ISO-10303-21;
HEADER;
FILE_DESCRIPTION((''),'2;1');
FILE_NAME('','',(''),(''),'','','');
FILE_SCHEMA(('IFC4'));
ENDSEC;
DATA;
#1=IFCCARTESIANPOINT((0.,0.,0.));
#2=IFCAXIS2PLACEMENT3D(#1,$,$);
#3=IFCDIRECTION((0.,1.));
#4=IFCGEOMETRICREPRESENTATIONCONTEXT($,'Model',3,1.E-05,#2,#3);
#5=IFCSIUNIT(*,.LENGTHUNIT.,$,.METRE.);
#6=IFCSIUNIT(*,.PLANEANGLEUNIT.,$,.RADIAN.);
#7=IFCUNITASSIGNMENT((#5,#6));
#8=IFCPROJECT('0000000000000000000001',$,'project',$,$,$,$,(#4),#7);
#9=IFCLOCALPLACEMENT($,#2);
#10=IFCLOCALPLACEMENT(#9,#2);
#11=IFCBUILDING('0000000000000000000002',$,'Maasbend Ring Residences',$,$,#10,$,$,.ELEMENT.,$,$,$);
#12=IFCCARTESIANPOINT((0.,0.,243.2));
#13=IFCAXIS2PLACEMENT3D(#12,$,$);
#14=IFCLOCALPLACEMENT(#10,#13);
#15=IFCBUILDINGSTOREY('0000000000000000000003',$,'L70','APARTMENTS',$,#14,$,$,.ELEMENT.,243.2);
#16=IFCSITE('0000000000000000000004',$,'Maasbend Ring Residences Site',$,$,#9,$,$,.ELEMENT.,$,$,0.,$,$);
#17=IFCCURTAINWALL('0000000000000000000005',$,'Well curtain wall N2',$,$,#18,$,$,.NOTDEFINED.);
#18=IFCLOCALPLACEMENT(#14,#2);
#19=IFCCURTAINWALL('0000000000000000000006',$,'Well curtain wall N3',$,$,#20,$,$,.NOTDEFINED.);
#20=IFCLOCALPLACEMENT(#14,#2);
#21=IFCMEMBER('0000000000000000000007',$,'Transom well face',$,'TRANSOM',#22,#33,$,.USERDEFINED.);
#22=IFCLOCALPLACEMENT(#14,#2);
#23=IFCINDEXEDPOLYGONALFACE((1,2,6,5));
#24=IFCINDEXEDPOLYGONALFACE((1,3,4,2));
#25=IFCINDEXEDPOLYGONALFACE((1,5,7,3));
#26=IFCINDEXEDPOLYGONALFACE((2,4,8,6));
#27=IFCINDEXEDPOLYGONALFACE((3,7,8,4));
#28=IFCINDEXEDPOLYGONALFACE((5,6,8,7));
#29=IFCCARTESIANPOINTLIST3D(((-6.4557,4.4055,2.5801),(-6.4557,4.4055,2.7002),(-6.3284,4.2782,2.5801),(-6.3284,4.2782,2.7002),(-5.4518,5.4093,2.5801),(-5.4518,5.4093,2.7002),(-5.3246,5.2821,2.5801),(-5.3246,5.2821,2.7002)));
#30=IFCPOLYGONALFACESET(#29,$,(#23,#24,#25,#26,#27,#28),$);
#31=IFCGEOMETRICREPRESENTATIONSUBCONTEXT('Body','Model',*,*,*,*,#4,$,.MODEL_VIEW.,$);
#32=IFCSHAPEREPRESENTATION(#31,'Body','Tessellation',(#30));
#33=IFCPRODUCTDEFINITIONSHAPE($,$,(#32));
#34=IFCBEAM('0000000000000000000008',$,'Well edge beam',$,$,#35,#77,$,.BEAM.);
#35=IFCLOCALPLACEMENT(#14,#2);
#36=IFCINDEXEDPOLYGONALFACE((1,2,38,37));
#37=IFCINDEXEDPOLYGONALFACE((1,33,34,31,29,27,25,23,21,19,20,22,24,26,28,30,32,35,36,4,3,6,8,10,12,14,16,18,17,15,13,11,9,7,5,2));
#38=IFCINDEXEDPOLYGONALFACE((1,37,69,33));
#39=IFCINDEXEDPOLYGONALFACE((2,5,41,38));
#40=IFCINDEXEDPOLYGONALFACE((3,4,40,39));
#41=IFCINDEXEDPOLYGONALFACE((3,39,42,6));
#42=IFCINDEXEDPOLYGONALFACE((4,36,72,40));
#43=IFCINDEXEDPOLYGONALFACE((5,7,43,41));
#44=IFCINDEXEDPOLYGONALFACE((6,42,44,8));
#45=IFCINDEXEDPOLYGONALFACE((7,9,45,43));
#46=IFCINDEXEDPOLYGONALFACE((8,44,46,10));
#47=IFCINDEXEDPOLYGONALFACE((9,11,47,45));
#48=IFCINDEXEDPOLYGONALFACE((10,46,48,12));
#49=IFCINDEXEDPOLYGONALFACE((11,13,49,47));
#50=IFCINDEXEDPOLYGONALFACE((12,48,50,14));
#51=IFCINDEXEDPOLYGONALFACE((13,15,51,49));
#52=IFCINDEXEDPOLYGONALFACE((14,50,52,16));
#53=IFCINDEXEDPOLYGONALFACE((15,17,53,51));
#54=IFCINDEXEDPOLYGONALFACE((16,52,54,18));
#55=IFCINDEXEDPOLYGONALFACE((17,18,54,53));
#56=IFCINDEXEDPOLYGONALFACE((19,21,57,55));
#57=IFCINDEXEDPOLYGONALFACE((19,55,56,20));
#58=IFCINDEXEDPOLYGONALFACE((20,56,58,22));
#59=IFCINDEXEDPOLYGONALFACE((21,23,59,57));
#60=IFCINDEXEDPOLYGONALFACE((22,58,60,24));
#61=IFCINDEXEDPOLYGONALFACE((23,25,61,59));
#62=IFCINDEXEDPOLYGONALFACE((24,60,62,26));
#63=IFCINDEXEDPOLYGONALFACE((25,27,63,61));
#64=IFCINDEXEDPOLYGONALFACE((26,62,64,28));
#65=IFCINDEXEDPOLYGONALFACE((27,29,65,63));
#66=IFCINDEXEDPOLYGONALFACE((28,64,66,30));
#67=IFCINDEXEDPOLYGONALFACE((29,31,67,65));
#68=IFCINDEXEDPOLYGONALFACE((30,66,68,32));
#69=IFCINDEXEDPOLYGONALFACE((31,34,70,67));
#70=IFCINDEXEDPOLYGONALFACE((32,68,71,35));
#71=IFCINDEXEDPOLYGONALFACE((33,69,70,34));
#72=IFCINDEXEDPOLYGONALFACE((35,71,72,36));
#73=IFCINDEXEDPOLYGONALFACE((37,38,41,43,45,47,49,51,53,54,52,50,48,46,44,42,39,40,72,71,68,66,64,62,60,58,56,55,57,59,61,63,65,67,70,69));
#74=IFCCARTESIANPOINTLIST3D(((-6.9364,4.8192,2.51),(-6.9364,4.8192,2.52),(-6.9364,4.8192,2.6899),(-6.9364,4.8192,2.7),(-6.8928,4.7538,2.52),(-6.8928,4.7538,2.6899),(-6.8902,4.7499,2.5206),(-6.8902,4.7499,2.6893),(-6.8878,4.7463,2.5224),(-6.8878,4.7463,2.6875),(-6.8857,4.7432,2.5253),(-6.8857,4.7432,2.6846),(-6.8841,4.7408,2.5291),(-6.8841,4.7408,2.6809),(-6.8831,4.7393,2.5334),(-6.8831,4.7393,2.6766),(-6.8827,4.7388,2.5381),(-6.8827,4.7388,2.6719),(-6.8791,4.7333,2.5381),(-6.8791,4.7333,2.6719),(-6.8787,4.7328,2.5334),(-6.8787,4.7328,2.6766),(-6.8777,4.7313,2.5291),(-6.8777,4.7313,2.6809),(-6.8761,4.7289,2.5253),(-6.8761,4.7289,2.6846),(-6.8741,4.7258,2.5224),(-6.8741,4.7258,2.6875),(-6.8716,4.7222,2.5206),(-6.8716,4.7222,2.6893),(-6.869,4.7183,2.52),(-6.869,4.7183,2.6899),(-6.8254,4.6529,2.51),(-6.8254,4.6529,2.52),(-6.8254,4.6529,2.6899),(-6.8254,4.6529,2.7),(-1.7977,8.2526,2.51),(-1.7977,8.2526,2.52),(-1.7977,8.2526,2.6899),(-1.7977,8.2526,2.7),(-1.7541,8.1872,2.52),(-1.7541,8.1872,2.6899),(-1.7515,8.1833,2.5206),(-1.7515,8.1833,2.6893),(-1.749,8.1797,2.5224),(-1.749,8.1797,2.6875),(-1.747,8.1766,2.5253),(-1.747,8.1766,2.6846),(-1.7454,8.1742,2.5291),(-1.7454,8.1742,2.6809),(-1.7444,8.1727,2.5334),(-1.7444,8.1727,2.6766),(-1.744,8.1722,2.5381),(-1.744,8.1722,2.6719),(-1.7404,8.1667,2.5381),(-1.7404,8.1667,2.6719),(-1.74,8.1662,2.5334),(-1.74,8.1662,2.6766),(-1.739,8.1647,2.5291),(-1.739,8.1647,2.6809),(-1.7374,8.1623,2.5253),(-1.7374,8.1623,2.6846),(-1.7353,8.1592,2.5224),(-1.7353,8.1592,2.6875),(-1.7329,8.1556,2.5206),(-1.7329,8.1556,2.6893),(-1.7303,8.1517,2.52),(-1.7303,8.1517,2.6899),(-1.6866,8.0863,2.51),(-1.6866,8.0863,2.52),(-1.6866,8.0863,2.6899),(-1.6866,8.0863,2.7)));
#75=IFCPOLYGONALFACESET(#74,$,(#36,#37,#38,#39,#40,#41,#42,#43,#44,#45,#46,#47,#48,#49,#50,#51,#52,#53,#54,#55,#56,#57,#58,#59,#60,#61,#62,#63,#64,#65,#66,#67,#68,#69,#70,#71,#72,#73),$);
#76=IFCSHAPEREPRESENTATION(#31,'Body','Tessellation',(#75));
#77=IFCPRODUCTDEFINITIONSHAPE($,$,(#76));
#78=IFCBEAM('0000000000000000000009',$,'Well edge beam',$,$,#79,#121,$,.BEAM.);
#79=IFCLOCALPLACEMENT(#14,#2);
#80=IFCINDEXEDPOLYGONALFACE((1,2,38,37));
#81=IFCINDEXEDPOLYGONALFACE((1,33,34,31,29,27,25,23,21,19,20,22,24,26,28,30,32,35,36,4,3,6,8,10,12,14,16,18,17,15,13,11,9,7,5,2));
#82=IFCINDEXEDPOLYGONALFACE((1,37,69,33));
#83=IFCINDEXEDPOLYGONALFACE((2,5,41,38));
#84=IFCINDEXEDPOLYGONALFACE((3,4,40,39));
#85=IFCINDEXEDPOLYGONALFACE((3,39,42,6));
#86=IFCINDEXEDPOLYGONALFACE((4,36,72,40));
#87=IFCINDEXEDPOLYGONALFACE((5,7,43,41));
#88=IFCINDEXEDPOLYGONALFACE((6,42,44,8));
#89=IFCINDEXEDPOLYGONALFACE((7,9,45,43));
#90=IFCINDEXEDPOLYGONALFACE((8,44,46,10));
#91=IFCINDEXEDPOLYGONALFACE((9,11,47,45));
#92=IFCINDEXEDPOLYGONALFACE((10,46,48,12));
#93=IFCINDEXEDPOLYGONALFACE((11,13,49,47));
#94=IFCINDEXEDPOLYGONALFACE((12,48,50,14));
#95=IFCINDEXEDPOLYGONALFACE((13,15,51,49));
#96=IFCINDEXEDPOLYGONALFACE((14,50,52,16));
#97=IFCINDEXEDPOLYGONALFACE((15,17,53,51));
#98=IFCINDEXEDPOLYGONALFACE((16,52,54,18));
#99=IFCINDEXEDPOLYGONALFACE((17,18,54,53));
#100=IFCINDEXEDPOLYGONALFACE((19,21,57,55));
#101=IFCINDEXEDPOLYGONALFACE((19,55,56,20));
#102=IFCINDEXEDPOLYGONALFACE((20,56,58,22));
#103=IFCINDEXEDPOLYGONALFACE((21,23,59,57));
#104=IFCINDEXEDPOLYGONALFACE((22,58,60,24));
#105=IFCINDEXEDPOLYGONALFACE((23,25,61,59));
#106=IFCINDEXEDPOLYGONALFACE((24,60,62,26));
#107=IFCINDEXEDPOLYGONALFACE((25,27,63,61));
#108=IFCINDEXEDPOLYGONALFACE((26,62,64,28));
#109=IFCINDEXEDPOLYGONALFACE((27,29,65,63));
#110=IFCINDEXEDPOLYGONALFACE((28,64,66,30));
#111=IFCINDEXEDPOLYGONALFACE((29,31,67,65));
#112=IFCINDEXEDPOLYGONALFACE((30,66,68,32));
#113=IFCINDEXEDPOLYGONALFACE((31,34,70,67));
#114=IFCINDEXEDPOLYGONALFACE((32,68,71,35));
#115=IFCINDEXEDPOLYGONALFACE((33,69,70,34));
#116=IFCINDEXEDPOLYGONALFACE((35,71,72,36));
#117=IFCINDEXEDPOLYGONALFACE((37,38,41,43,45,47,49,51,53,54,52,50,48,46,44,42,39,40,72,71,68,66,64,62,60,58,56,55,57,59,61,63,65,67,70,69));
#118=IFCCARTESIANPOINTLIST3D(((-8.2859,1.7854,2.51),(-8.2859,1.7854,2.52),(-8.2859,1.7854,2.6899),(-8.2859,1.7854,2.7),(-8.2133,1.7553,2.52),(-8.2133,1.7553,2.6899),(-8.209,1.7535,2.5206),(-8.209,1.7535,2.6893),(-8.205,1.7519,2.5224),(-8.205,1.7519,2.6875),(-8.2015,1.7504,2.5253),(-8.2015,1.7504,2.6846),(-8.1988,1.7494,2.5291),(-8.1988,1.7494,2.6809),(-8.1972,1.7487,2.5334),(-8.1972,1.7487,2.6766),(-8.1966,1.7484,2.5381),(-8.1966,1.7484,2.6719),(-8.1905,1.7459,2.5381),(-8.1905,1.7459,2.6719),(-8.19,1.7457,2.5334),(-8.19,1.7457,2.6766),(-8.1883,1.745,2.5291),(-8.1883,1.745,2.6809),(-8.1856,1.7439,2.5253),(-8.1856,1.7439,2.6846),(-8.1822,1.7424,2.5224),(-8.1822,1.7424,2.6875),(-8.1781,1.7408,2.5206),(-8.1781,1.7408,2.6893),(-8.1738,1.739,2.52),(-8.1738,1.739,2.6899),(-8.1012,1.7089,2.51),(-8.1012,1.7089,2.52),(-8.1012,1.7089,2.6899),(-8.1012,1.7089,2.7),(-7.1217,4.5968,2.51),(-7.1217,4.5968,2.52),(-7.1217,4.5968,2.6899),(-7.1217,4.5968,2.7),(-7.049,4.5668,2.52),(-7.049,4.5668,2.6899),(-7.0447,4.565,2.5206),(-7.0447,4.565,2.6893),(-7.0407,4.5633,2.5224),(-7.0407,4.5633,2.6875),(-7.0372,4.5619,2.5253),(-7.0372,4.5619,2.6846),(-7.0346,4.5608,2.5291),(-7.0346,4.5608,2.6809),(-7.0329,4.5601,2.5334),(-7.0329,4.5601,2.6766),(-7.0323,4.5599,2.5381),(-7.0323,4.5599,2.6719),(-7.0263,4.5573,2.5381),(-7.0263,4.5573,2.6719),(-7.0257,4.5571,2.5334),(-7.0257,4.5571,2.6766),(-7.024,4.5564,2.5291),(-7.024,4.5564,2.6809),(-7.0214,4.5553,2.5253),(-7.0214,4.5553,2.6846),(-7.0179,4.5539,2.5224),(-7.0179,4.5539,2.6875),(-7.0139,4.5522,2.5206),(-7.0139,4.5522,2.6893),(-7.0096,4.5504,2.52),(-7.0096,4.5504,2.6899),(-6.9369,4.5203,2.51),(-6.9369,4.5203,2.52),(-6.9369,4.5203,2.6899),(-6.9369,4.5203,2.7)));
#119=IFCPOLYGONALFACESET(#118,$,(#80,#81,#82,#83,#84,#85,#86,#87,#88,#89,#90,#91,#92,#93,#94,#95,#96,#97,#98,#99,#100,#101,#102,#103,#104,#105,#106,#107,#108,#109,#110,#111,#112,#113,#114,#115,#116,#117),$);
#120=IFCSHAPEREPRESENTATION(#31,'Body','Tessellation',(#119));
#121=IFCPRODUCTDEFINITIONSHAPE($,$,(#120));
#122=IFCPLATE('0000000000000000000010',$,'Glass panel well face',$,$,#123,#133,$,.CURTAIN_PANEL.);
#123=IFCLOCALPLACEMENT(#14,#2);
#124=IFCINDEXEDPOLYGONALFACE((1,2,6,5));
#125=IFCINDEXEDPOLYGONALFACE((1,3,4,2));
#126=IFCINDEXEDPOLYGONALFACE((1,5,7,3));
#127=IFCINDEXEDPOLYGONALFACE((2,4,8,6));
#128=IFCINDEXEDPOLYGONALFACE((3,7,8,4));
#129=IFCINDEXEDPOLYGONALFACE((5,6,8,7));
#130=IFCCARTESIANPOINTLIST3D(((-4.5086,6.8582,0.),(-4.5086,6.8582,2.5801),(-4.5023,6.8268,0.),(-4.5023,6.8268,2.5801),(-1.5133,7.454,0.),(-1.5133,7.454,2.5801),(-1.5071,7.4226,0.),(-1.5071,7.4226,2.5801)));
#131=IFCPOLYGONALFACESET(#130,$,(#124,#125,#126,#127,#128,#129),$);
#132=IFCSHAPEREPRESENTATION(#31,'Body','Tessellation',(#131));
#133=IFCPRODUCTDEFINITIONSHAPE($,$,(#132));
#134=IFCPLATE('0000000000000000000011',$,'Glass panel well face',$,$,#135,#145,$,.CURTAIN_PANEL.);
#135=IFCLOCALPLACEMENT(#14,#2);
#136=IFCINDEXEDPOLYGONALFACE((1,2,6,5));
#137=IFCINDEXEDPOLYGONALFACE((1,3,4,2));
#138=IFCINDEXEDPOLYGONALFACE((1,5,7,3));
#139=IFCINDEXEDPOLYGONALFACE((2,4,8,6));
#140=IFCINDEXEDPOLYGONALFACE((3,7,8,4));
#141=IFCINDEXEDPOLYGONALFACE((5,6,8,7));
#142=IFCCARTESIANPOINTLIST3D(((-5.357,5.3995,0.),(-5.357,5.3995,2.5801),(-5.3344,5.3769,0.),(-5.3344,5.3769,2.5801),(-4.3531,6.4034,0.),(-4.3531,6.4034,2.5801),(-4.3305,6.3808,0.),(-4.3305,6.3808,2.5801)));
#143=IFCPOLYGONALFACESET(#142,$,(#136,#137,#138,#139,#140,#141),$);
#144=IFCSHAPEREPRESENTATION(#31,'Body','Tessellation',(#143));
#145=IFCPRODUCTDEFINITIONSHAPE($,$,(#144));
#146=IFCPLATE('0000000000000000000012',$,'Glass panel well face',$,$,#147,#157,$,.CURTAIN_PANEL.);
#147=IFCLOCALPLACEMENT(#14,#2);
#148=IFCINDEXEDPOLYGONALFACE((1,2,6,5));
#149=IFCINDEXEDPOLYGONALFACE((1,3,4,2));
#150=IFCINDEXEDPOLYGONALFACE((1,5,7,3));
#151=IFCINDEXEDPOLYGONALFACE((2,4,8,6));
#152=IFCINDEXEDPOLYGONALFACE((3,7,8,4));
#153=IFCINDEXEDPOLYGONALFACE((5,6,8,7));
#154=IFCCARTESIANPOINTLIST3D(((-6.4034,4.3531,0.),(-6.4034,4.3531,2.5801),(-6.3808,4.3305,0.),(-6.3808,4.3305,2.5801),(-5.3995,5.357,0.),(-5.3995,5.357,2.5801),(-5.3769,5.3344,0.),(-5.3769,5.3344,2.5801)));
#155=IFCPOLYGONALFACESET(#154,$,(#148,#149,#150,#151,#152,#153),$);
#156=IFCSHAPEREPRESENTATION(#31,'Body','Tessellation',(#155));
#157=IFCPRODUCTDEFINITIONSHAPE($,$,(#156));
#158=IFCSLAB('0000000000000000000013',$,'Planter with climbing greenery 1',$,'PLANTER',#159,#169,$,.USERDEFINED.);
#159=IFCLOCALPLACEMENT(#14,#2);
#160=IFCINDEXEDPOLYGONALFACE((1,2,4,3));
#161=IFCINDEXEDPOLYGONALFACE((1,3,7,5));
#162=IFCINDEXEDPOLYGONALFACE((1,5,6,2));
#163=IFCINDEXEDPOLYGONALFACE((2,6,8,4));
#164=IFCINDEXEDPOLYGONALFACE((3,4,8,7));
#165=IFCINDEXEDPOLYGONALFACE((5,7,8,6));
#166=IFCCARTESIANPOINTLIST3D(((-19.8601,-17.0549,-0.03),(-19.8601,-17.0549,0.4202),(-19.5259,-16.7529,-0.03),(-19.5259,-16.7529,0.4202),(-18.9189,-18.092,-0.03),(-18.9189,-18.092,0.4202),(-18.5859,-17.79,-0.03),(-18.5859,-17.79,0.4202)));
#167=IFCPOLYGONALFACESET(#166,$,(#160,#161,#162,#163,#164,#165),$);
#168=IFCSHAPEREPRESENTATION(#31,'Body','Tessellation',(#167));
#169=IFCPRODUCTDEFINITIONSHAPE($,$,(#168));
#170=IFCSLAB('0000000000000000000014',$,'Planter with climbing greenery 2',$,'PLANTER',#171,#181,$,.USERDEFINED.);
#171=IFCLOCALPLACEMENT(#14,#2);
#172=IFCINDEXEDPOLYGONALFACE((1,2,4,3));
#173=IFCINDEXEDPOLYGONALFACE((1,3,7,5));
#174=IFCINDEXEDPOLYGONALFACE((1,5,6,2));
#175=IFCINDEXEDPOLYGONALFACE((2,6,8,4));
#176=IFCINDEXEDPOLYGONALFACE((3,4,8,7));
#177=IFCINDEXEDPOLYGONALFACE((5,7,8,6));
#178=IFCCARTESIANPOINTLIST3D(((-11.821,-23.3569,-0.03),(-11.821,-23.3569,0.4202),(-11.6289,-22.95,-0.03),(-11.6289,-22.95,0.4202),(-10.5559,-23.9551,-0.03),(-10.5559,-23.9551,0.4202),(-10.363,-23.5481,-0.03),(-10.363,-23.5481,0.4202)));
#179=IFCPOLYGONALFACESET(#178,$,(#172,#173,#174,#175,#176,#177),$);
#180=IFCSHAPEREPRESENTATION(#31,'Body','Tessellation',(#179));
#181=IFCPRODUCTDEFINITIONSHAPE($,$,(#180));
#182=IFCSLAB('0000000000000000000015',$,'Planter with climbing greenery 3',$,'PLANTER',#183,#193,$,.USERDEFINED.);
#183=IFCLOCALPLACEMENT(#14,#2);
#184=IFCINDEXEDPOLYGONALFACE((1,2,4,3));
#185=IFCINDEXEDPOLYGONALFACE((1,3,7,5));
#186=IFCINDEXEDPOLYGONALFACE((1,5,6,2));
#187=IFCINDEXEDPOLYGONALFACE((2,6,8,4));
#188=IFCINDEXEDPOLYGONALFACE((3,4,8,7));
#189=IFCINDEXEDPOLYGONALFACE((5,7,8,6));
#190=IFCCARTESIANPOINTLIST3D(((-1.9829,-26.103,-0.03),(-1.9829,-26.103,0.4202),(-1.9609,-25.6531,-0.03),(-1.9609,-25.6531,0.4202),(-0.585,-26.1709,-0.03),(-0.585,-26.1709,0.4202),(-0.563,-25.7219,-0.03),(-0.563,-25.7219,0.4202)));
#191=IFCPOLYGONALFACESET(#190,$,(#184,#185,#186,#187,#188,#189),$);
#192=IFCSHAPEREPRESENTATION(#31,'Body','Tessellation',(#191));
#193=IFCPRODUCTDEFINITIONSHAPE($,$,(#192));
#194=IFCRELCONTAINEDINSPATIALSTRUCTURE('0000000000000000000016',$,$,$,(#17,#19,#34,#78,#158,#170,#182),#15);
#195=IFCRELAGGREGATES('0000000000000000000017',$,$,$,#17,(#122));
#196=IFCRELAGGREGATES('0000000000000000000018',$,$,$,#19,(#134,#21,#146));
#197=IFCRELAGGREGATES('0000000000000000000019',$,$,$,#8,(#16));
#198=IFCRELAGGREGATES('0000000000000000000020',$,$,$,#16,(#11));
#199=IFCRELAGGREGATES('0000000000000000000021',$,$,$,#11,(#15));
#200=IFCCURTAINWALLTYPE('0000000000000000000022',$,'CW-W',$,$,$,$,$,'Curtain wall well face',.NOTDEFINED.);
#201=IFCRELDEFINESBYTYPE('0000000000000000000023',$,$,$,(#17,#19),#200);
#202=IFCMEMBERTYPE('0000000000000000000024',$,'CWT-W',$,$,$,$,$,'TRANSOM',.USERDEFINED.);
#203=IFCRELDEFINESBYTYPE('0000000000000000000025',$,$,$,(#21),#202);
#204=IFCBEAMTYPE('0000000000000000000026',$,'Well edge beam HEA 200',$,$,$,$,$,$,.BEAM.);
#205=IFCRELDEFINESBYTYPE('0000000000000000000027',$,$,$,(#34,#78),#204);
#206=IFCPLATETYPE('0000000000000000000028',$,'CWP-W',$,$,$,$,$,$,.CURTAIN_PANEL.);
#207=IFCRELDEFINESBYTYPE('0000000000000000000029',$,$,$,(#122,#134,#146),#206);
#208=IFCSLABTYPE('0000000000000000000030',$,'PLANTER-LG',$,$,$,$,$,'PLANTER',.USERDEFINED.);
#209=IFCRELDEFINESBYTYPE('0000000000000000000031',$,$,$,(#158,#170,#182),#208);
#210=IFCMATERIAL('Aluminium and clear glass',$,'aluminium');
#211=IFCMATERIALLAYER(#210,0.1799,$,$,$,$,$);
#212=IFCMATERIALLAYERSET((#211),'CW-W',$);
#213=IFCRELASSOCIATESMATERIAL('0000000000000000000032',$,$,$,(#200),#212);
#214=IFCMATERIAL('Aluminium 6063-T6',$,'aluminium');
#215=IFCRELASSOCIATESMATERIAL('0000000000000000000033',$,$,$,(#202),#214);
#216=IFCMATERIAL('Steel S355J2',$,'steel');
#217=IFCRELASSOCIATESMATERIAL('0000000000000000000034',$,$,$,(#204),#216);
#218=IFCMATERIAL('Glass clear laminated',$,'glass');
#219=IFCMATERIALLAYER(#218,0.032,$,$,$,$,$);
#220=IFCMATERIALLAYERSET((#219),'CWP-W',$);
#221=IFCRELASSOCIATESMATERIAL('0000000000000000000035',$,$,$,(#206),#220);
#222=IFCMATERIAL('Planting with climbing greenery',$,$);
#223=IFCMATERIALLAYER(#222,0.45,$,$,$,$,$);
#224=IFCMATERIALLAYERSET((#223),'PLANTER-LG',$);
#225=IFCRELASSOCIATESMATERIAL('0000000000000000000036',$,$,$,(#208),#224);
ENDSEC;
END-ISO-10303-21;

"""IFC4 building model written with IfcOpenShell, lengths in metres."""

from ifc_helpers import new_model, si_unit, direction, frame, origin, origin_2d, place, context, subcontext, project, spatial, polyline, rectangle, i_section, outline, extrude, material, layer, layer_set, material_profile, profile_set, type_object, element, aggregate, save


model = new_model("IFC4")

# Units and contexts
model_context = context("Model", 3, precision=1e-05, world=origin(), true_north=direction((0.0, 1.0)))
body_context = subcontext(model_context, "Body", "Model", "MODEL_VIEW")
ifc_project = project(units=[si_unit("LENGTHUNIT", "METRE"), si_unit("PLANEANGLEUNIT", "RADIAN")], contexts=[model_context])

# Site, building, storey
site_placement = place(None, origin())
site = spatial("IfcSite", under=ifc_project, at=site_placement, Name="Maasbend Ring Residences Site", CompositionType="ELEMENT", RefElevation=0.0)
building_placement = place(site_placement, origin())
building = spatial("IfcBuilding", under=site, at=building_placement, Name="Maasbend Ring Residences", CompositionType="ELEMENT")
storey_placement = place(building_placement, frame((0.0, 0.0, 243.2)))
storey = spatial("IfcBuildingStorey", under=building, at=storey_placement, Name="L70", Description="APARTMENTS", CompositionType="ELEMENT", Elevation=243.2)

# Curtain walls
ifc_material_1 = material(Name="Aluminium and clear glass", Category="aluminium")
ifc_layer_1 = layer(ifc_material_1, 0.1799)
ifc_layer_set_1 = layer_set([ifc_layer_1], Name="CW-W")
curtain_wall_type = type_object("IfcCurtainWallType", Name="CW-W", ElementType="Curtain wall well face", PredefinedType="NOTDEFINED", material=ifc_layer_set_1)
curtain_wall_1_placement = place(storey_placement, origin())
curtain_wall_1 = element("IfcCurtainWall", 1, at=curtain_wall_1_placement, inside=storey, type_object=curtain_wall_type, Name="Well curtain wall N2", PredefinedType="NOTDEFINED")
curtain_wall_2_placement = place(storey_placement, origin())
curtain_wall_2 = element("IfcCurtainWall", 2, at=curtain_wall_2_placement, inside=storey, type_object=curtain_wall_type, Name="Well curtain wall N3", PredefinedType="NOTDEFINED")

# Member
ifc_material_2 = material(Name="Aluminium 6063-T6", Category="aluminium")
ifc_material_profile_1 = material_profile(ifc_material_2, rectangle(XDim=0.1799, YDim=0.1201, at=origin_2d()), Name="AL 180x120")
ifc_profile_set_1 = profile_set([ifc_material_profile_1], Name="Aluminium 6063-T6")
member_type_1 = type_object("IfcMemberType", Name="CWT-W", ElementType="TRANSOM", PredefinedType="USERDEFINED", material=ifc_profile_set_1)
member_1_placement = place(storey_placement, frame((-5.3882, 5.3457, 2.6401), z_axis=(-0.707107, -0.707107, 0.0), x_axis=(0.707107, -0.707107, 0.0)))
member_1 = element("IfcMember", 3, at=member_1_placement, type_object=member_type_1, Name="Transom well face", ObjectType="TRANSOM", PredefinedType="USERDEFINED", context=body_context, shape_type="SweptSolid", body=[
    extrude(rectangle(XDim=0.1799, YDim=0.1201, at=origin_2d()), origin(), (0.0, 0.0, 1.0), 1.4197),
])

# Beams
ifc_material_3 = material(Name="Steel S355J2", Category="steel")
ifc_material_profile_2 = material_profile(ifc_material_3, i_section(OverallWidth=0.2, OverallDepth=0.1899, WebThickness=0.0066, FlangeThickness=0.01, FilletRadius=0.0181, at=origin_2d()), Name="HEA 200")
ifc_profile_set_2 = profile_set([ifc_material_profile_2], Name="Steel S355J2")
beam_type = type_object("IfcBeamType", Name="Well edge beam HEA 200", PredefinedType="BEAM", material=ifc_profile_set_2)
beam_1_placement = place(storey_placement, frame((-1.7422, 8.1694, 2.605), z_axis=(-0.831485, -0.555548, 0.0), x_axis=(0.555548, -0.831485, 0.0)))
element("IfcBeam", 4, at=beam_1_placement, inside=storey, type_object=beam_type, Name="Well edge beam", PredefinedType="BEAM", context=body_context, shape_type="SweptSolid", body=[
    extrude(i_section(OverallWidth=0.2, OverallDepth=0.1899, WebThickness=0.0066, FlangeThickness=0.01, FilletRadius=0.0181, at=origin_2d()), origin(), (0.0, 0.0, 1.0), 6.1802),
])
beam_2_placement = place(storey_placement, frame((-7.0293, 4.5586, 2.605), z_axis=(-0.382609, -0.92391, 0.0), x_axis=(0.92391, -0.382609, 0.0)))
element("IfcBeam", 5, at=beam_2_placement, inside=storey, type_object=beam_type, Name="Well edge beam", PredefinedType="BEAM", context=body_context, shape_type="SweptSolid", body=[
    extrude(i_section(OverallWidth=0.2, OverallDepth=0.1899, WebThickness=0.0066, FlangeThickness=0.01, FilletRadius=0.0181, at=origin_2d()), origin(), (0.0, 0.0, 1.0), 3.043),
])

# Plates
ifc_material_4 = material(Name="Glass clear laminated", Category="glass")
ifc_layer_2 = layer(ifc_material_4, 0.032)
ifc_layer_set_2 = layer_set([ifc_layer_2], Name="CWP-W")
plate_type = type_object("IfcPlateType", Name="CWP-W", PredefinedType="CURTAIN_PANEL", material=ifc_layer_set_2)
plate_1_placement = place(storey_placement, frame((-3.0078, 7.1404, 0.0), z_axis=(0.0, 0.0, 1.0), x_axis=(-0.980785, -0.19509, 0.0)))
plate_1 = element("IfcPlate", 6, at=plate_1_placement, type_object=plate_type, Name="Glass panel well face", PredefinedType="CURTAIN_PANEL", context=body_context, shape_type="SweptSolid", body=[
    extrude(rectangle(XDim=3.054, YDim=0.032, at=origin_2d()), origin(), (0.0, 0.0, 1.0), 2.5801),
])
aggregate(curtain_wall_1, [plate_1])
plate_2_placement = place(storey_placement, frame((-4.8438, 5.8901, 0.0), z_axis=(0.0, 0.0, 1.0), x_axis=(-0.707107, -0.707107, 0.0)))
plate_2 = element("IfcPlate", 7, at=plate_2_placement, type_object=plate_type, Name="Glass panel well face", PredefinedType="CURTAIN_PANEL", context=body_context, shape_type="SweptSolid", body=[
    extrude(rectangle(XDim=1.4197, YDim=0.032, at=origin_2d()), origin(), (0.0, 0.0, 1.0), 2.5801),
])
plate_3_placement = place(storey_placement, frame((-5.8901, 4.8438, 0.0), z_axis=(0.0, 0.0, 1.0), x_axis=(-0.707107, -0.707107, 0.0)))
plate_3 = element("IfcPlate", 8, at=plate_3_placement, type_object=plate_type, Name="Glass panel well face", PredefinedType="CURTAIN_PANEL", context=body_context, shape_type="SweptSolid", body=[
    extrude(rectangle(XDim=1.4197, YDim=0.032, at=origin_2d()), origin(), (0.0, 0.0, 1.0), 2.5801),
])
aggregate(curtain_wall_2, [plate_2, member_1, plate_3])

# Slabs
ifc_material_5 = material(Name="Planting with climbing greenery")
ifc_layer_3 = layer(ifc_material_5, 0.45)
ifc_layer_set_3 = layer_set([ifc_layer_3], Name="PLANTER-LG")
slab_type_1 = type_object("IfcSlabType", Name="PLANTER-LG", ElementType="PLANTER", PredefinedType="USERDEFINED", material=ifc_layer_set_3)
slab_1_placement = place(storey_placement, frame((0.0, 0.0, -0.03)))
element("IfcSlab", 9, at=slab_1_placement, inside=storey, type_object=slab_type_1, Name="Planter with climbing greenery 1", ObjectType="PLANTER", PredefinedType="USERDEFINED", context=body_context, shape_type="SweptSolid", body=[
    extrude(outline(polyline([(-19.8601, -17.0549), (-18.9189, -18.092), (-18.5859, -17.79), (-19.5259, -16.7529), (-19.8601, -17.0549)])), origin(), (0.0, 0.0, 1.0), 0.4502),
])
slab_2_placement = place(storey_placement, frame((0.0, 0.0, -0.03)))
element("IfcSlab", 10, at=slab_2_placement, inside=storey, type_object=slab_type_1, Name="Planter with climbing greenery 2", ObjectType="PLANTER", PredefinedType="USERDEFINED", context=body_context, shape_type="SweptSolid", body=[
    extrude(outline(polyline([(-11.821, -23.3569), (-10.5559, -23.9551), (-10.363, -23.5481), (-11.6289, -22.95), (-11.821, -23.3569)])), origin(), (0.0, 0.0, 1.0), 0.4502),
])
slab_3_placement = place(storey_placement, frame((0.0, 0.0, -0.03)))
element("IfcSlab", 11, at=slab_3_placement, inside=storey, type_object=slab_type_1, Name="Planter with climbing greenery 3", ObjectType="PLANTER", PredefinedType="USERDEFINED", context=body_context, shape_type="SweptSolid", body=[
    extrude(outline(polyline([(-1.9829, -26.103), (-0.585, -26.1709), (-0.563, -25.7219), (-1.9609, -25.6531), (-1.9829, -26.103)])), origin(), (0.0, 0.0, 1.0), 0.4502),
])

save(model, "model.ifc")
